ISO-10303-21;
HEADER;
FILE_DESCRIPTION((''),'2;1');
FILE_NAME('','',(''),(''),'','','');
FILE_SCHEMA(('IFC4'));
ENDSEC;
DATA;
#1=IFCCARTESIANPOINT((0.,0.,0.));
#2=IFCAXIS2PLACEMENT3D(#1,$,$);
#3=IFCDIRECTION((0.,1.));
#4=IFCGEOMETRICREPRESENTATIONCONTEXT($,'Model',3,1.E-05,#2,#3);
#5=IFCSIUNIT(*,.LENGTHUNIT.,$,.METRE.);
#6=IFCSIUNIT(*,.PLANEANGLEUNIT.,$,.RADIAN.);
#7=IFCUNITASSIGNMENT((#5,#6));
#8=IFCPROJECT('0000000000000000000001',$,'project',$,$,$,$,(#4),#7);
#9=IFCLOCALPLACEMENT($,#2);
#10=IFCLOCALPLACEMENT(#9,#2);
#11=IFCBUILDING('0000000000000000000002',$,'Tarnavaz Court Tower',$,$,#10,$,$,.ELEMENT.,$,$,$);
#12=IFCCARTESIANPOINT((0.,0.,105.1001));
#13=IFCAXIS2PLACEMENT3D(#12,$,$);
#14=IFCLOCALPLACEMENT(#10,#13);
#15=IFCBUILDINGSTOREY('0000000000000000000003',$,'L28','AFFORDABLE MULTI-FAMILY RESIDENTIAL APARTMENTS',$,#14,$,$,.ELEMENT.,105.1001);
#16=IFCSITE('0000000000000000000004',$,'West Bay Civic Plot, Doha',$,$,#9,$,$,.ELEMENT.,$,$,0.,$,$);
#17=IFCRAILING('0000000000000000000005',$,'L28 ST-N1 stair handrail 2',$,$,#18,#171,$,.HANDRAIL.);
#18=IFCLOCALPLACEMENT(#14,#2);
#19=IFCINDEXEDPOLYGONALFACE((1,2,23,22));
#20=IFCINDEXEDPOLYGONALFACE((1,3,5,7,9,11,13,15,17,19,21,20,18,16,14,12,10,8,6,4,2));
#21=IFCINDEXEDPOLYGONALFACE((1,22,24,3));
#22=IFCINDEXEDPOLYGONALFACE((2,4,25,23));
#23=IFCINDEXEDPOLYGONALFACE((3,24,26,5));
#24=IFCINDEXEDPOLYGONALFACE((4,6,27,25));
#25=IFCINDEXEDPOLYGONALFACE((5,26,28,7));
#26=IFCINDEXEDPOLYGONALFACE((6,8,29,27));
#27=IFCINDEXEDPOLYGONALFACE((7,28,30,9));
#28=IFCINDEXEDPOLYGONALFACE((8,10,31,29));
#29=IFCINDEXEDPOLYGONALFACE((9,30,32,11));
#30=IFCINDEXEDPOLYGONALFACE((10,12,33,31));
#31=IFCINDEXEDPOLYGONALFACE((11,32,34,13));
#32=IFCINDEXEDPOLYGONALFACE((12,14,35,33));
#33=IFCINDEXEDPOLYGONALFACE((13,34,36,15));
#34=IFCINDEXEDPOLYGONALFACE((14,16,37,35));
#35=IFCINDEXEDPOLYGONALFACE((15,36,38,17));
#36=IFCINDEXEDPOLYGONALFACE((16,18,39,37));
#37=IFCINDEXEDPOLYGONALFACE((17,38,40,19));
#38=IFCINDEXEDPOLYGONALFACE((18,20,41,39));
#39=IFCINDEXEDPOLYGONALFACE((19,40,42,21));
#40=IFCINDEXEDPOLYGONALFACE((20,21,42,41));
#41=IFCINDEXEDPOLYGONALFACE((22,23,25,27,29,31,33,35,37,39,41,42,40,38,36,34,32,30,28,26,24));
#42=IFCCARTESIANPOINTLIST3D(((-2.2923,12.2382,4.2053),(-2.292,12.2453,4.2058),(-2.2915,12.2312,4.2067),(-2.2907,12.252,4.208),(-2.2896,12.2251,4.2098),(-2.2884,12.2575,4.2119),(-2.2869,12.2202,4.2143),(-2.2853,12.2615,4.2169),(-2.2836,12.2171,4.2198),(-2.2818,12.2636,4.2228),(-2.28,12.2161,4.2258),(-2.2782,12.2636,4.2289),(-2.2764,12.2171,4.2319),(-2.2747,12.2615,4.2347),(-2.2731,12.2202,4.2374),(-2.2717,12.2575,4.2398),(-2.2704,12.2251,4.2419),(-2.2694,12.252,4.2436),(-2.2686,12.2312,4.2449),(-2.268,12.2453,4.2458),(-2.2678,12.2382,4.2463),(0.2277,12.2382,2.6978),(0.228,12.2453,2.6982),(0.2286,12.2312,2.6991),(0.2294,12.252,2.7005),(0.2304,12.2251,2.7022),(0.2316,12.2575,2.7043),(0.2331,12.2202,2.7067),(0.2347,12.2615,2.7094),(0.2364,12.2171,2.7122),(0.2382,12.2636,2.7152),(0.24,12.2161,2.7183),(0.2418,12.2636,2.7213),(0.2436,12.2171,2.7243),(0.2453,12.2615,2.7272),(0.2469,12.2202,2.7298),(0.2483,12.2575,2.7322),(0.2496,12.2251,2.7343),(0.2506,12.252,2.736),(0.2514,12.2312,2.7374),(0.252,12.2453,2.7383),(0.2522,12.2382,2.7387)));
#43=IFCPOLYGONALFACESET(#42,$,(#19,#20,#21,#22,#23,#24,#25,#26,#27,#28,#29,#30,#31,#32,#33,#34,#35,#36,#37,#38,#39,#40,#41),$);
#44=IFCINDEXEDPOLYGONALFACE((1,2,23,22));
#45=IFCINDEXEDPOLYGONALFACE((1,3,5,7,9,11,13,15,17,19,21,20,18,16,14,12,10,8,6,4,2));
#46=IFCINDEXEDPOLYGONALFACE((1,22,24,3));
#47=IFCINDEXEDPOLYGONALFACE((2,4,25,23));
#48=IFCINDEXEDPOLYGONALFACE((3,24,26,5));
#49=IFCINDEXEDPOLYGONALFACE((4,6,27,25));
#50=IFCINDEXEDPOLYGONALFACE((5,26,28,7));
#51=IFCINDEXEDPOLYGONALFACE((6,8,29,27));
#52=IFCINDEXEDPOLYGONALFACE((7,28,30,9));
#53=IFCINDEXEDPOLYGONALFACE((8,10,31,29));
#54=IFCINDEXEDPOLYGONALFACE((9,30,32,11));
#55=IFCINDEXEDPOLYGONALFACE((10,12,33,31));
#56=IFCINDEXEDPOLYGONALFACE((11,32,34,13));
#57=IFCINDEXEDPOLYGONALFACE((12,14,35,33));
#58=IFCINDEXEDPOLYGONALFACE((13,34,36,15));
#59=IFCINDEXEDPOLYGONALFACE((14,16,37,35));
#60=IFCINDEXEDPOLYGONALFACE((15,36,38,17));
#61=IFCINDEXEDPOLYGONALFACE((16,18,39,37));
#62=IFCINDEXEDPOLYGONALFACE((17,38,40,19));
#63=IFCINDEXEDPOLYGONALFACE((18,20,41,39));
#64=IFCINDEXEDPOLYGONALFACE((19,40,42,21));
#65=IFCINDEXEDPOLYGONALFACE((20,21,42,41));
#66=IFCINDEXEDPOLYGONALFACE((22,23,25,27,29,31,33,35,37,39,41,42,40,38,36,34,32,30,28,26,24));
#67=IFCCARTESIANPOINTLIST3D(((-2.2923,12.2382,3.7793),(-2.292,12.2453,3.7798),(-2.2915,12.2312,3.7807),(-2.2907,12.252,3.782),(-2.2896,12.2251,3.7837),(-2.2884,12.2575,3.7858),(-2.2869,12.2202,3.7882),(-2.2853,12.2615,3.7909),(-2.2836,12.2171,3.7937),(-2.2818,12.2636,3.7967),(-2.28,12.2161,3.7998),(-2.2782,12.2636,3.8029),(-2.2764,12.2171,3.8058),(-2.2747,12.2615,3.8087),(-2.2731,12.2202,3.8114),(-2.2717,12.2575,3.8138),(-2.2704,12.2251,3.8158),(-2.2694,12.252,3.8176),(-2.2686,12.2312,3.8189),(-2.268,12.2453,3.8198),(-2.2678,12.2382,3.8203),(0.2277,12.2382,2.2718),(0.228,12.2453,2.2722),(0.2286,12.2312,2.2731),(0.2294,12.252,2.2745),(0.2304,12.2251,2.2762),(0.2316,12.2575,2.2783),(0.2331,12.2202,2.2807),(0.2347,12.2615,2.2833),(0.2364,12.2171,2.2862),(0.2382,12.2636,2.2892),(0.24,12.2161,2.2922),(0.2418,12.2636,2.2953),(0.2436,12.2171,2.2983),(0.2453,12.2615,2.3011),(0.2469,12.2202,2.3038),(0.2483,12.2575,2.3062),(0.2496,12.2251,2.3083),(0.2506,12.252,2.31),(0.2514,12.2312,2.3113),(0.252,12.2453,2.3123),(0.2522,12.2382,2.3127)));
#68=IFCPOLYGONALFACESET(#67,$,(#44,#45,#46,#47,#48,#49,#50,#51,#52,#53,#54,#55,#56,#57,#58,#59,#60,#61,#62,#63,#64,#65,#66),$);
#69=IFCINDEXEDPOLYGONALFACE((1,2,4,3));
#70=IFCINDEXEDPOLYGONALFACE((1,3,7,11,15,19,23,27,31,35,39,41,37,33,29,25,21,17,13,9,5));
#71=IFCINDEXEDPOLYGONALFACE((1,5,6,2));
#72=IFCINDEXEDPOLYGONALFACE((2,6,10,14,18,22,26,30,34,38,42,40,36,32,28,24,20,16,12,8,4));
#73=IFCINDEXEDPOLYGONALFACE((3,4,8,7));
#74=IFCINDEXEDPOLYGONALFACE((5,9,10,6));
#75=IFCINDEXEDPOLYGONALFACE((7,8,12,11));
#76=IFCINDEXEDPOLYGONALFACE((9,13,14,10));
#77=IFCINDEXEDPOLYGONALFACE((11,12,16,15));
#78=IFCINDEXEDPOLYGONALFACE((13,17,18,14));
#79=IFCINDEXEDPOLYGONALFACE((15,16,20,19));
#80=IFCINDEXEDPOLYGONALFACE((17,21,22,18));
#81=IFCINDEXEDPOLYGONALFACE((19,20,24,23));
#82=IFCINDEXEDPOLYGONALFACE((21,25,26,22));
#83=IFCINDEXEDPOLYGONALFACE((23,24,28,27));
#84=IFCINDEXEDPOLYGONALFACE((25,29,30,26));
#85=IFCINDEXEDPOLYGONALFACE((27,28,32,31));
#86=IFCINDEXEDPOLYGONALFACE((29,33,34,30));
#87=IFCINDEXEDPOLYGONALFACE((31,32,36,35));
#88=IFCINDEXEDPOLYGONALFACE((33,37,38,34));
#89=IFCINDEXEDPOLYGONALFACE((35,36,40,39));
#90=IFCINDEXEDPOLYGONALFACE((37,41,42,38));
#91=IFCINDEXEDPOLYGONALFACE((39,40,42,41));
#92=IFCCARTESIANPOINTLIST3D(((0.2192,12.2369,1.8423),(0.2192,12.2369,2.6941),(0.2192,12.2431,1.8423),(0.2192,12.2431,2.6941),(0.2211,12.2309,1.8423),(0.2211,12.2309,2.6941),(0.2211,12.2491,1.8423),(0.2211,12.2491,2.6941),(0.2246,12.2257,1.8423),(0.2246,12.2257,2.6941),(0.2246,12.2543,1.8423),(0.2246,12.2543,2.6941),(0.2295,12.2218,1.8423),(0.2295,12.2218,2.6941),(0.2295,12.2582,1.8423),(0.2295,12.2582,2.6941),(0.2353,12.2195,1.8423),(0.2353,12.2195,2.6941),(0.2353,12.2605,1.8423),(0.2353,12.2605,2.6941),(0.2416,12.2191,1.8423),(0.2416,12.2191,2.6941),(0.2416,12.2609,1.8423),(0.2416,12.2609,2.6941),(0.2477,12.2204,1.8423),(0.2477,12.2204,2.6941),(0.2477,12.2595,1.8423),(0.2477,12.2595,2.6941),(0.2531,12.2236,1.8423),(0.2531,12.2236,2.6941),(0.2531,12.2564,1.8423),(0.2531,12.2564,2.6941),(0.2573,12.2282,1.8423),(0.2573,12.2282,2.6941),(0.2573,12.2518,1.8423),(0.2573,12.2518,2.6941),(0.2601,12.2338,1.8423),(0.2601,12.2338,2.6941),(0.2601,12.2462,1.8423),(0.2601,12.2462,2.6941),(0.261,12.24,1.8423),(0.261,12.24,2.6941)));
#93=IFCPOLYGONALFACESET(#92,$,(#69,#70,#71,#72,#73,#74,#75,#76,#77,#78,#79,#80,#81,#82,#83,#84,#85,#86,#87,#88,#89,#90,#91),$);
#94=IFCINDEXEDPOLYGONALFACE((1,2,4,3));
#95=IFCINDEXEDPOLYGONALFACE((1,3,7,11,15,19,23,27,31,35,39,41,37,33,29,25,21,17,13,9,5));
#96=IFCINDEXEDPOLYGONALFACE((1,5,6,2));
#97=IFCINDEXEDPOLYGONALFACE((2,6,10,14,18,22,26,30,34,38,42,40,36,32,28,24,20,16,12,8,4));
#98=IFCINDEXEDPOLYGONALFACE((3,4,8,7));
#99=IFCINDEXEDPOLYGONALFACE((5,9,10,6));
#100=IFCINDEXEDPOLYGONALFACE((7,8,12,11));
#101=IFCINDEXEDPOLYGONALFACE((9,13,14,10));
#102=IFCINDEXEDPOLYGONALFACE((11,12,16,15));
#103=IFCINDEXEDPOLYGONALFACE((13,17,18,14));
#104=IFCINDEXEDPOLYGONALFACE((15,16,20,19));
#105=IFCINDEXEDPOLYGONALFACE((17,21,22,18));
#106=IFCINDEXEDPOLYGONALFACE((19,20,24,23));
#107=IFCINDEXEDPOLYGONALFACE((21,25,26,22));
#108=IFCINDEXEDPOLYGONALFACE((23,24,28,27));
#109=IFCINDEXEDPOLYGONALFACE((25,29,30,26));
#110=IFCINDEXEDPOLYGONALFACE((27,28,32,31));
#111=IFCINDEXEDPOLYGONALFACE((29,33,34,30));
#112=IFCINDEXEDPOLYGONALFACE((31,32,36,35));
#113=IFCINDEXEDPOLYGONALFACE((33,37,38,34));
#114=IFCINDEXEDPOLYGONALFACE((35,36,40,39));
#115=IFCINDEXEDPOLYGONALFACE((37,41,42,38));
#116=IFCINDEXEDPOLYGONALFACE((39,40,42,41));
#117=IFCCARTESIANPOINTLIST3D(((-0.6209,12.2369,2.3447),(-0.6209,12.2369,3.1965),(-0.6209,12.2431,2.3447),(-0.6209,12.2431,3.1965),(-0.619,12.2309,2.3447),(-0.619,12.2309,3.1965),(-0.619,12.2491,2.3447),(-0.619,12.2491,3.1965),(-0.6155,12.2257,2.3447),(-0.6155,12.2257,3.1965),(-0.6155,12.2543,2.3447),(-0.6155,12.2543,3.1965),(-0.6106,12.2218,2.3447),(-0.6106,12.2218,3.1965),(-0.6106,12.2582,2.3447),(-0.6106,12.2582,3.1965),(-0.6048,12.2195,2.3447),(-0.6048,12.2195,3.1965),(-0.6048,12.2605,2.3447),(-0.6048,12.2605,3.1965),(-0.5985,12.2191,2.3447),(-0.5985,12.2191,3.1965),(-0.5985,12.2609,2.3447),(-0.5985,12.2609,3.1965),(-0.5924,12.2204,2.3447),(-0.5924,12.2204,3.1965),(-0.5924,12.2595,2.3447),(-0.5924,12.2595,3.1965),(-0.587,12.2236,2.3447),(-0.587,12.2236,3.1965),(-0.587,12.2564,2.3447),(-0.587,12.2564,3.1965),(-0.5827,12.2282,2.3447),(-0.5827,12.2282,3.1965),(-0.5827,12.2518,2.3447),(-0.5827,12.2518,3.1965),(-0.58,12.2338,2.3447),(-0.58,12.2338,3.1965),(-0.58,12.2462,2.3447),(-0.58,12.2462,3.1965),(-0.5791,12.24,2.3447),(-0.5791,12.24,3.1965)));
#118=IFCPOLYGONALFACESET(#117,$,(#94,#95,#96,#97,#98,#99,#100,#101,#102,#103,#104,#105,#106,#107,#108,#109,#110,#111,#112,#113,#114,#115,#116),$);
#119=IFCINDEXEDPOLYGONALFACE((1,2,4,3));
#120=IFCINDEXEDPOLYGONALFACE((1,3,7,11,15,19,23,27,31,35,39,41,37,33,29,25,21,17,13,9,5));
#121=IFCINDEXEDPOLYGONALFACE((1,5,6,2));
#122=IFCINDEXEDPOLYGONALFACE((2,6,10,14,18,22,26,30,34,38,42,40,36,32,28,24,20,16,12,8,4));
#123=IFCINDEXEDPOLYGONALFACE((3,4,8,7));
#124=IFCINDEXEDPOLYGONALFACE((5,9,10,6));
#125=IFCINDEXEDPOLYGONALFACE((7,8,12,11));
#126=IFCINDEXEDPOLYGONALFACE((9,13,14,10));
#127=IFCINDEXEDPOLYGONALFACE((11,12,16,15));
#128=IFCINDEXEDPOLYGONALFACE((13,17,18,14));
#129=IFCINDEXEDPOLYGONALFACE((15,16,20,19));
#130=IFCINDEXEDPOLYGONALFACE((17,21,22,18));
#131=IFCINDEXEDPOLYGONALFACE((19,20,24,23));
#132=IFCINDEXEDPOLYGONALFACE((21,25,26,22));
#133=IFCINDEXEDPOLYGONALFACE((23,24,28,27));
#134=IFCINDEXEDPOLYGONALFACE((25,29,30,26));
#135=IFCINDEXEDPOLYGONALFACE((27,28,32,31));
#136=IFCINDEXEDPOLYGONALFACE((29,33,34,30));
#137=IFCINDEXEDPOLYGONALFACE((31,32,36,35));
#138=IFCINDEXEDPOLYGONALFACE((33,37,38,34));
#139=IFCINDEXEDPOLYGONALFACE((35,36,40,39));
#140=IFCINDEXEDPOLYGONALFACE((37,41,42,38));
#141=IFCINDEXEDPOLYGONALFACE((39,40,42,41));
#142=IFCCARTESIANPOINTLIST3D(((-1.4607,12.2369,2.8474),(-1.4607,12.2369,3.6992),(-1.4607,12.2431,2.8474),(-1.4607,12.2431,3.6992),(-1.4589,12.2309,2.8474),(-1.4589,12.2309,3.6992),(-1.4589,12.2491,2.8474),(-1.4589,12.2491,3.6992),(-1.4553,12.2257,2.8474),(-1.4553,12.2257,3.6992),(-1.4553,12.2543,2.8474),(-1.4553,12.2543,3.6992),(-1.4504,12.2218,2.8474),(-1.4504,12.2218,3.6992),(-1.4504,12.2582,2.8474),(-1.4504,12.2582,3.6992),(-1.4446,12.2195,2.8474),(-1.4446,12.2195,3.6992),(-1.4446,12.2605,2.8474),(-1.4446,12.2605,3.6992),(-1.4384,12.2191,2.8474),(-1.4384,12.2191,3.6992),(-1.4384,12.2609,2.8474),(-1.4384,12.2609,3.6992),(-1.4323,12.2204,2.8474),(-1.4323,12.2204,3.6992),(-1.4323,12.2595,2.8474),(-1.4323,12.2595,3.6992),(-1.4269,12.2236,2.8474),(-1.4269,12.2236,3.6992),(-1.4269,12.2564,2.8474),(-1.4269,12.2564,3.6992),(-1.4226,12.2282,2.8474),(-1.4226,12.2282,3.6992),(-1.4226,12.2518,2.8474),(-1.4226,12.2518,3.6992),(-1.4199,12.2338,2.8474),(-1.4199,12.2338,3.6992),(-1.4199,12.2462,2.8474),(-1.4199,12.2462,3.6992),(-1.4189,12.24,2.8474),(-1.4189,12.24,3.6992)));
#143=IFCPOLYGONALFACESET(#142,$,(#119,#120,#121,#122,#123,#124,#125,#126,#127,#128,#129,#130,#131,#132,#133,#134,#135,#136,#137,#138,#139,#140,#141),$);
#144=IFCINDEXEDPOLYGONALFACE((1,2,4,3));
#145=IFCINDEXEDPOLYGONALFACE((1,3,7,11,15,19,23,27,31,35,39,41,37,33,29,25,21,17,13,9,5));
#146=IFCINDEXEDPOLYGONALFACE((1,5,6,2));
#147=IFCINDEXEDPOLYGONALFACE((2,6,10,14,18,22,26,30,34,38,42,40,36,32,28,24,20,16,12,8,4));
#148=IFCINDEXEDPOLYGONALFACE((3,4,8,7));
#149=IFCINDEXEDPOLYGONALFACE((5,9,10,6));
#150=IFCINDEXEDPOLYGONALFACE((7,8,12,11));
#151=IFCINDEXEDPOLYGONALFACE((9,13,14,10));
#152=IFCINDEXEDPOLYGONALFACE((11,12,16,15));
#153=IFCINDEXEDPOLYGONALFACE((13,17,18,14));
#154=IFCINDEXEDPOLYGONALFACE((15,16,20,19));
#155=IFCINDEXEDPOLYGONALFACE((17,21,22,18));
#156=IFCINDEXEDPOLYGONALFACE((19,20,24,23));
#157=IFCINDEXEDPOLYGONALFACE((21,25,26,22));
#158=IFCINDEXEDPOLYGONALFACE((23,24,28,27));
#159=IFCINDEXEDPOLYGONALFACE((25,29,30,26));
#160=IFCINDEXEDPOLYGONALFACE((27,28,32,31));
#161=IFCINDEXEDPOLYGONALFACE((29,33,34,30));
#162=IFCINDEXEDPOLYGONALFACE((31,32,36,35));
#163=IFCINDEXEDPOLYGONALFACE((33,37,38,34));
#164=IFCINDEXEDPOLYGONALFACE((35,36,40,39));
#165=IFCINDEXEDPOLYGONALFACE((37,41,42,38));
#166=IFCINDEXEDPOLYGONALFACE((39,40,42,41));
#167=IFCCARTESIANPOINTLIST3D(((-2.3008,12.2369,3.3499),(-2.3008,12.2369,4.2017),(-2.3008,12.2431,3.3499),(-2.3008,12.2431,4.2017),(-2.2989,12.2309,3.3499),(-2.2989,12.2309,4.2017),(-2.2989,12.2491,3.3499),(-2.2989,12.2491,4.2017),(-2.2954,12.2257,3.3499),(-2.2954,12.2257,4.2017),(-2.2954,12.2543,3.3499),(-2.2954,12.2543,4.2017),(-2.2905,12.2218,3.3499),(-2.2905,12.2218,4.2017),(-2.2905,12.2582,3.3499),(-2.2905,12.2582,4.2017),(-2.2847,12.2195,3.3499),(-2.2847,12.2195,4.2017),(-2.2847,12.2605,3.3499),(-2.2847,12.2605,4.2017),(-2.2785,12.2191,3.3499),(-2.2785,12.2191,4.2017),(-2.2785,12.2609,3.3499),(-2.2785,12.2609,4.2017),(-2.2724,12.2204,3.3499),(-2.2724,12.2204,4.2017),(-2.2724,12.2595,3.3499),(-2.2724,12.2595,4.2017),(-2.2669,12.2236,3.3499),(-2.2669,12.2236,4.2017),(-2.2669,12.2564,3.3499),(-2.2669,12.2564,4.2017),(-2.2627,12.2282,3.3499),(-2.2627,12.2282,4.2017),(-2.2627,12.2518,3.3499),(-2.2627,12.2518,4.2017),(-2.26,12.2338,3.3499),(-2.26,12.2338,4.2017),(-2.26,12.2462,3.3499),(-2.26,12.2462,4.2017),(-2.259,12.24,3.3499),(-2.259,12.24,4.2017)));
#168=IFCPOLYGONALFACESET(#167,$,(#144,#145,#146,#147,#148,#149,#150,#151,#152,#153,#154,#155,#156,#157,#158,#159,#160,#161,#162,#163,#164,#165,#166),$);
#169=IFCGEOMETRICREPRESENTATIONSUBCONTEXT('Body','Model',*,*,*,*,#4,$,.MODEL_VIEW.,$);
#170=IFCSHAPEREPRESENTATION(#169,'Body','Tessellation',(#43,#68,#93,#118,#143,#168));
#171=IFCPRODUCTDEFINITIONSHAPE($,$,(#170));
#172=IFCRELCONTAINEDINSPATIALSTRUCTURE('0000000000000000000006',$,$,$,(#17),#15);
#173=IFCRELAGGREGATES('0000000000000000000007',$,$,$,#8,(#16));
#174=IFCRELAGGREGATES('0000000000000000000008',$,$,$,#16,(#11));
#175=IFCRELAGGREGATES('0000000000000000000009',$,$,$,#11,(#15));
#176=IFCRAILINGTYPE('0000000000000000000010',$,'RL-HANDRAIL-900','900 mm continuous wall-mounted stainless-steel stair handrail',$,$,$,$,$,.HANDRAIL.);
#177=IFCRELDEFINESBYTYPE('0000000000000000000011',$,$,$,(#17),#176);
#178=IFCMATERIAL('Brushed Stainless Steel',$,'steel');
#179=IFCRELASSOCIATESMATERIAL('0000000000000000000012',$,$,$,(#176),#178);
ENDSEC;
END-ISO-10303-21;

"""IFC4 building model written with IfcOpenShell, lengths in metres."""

from ifc_helpers import new_model, si_unit, direction, frame, origin, origin_2d, place, context, subcontext, project, spatial, circle, extrude, material, type_object, element, save


model = new_model("IFC4")

# Units and contexts
model_context = context("Model", 3, precision=1e-05, world=origin(), true_north=direction((0.0, 1.0)))
body_context = subcontext(model_context, "Body", "Model", "MODEL_VIEW")
ifc_project = project(units=[si_unit("LENGTHUNIT", "METRE"), si_unit("PLANEANGLEUNIT", "RADIAN")], contexts=[model_context])

# Site, building, storey
site_placement = place(None, origin())
site = spatial("IfcSite", under=ifc_project, at=site_placement, Name="West Bay Civic Plot, Doha", CompositionType="ELEMENT", RefElevation=0.0)
building_placement = place(site_placement, origin())
building = spatial("IfcBuilding", under=site, at=building_placement, Name="Tarnavaz Court Tower", CompositionType="ELEMENT")
storey_placement = place(building_placement, frame((0.0, 0.0, 105.1001)))
storey = spatial("IfcBuildingStorey", under=building, at=storey_placement, Name="L28", Description="AFFORDABLE MULTI-FAMILY RESIDENTIAL APARTMENTS", CompositionType="ELEMENT", Elevation=105.1001)

# Railing
ifc_material_1 = material(Name="Brushed Stainless Steel", Category="steel")
railing_type_1 = type_object("IfcRailingType", Name="RL-HANDRAIL-900", Description="900 mm continuous wall-mounted stainless-steel stair handrail", PredefinedType="HANDRAIL", material=ifc_material_1)
railing_1_placement = place(storey_placement, frame((0.24, 12.24, 1.8423)))
element("IfcRailing", 1, at=railing_1_placement, inside=storey, type_object=railing_type_1, Name="L28 ST-N1 stair handrail 2", PredefinedType="HANDRAIL", context=body_context, shape_type="SweptSolid", body=[
    extrude(circle(Radius=0.0239, at=origin_2d()), frame((0.0, 0.0, 0.876), z_axis=(-0.85816, 0.0, 0.513383), x_axis=(0.0, -1.0, 0.0)), (0.0, 0.0, 1.0), 2.9365),
    extrude(circle(Radius=0.0239, at=origin_2d()), frame((0.0, 0.0, 0.45), z_axis=(-0.85816, 0.0, 0.513383), x_axis=(0.0, -1.0, 0.0)), (0.0, 0.0, 1.0), 2.9365),
    extrude(circle(Radius=0.021, at=origin_2d()), origin(), (0.0, 0.0, 1.0), 0.8518),
    extrude(circle(Radius=0.021, at=origin_2d()), frame((-0.8401, 0.0, 0.5024)), (0.0, 0.0, 1.0), 0.8518),
    extrude(circle(Radius=0.021, at=origin_2d()), frame((-1.6799, 0.0, 1.0051)), (0.0, 0.0, 1.0), 0.8518),
    extrude(circle(Radius=0.021, at=origin_2d()), frame((-2.52, 0.0, 1.5076)), (0.0, 0.0, 1.0), 0.8518),
])

save(model, "model.ifc")
